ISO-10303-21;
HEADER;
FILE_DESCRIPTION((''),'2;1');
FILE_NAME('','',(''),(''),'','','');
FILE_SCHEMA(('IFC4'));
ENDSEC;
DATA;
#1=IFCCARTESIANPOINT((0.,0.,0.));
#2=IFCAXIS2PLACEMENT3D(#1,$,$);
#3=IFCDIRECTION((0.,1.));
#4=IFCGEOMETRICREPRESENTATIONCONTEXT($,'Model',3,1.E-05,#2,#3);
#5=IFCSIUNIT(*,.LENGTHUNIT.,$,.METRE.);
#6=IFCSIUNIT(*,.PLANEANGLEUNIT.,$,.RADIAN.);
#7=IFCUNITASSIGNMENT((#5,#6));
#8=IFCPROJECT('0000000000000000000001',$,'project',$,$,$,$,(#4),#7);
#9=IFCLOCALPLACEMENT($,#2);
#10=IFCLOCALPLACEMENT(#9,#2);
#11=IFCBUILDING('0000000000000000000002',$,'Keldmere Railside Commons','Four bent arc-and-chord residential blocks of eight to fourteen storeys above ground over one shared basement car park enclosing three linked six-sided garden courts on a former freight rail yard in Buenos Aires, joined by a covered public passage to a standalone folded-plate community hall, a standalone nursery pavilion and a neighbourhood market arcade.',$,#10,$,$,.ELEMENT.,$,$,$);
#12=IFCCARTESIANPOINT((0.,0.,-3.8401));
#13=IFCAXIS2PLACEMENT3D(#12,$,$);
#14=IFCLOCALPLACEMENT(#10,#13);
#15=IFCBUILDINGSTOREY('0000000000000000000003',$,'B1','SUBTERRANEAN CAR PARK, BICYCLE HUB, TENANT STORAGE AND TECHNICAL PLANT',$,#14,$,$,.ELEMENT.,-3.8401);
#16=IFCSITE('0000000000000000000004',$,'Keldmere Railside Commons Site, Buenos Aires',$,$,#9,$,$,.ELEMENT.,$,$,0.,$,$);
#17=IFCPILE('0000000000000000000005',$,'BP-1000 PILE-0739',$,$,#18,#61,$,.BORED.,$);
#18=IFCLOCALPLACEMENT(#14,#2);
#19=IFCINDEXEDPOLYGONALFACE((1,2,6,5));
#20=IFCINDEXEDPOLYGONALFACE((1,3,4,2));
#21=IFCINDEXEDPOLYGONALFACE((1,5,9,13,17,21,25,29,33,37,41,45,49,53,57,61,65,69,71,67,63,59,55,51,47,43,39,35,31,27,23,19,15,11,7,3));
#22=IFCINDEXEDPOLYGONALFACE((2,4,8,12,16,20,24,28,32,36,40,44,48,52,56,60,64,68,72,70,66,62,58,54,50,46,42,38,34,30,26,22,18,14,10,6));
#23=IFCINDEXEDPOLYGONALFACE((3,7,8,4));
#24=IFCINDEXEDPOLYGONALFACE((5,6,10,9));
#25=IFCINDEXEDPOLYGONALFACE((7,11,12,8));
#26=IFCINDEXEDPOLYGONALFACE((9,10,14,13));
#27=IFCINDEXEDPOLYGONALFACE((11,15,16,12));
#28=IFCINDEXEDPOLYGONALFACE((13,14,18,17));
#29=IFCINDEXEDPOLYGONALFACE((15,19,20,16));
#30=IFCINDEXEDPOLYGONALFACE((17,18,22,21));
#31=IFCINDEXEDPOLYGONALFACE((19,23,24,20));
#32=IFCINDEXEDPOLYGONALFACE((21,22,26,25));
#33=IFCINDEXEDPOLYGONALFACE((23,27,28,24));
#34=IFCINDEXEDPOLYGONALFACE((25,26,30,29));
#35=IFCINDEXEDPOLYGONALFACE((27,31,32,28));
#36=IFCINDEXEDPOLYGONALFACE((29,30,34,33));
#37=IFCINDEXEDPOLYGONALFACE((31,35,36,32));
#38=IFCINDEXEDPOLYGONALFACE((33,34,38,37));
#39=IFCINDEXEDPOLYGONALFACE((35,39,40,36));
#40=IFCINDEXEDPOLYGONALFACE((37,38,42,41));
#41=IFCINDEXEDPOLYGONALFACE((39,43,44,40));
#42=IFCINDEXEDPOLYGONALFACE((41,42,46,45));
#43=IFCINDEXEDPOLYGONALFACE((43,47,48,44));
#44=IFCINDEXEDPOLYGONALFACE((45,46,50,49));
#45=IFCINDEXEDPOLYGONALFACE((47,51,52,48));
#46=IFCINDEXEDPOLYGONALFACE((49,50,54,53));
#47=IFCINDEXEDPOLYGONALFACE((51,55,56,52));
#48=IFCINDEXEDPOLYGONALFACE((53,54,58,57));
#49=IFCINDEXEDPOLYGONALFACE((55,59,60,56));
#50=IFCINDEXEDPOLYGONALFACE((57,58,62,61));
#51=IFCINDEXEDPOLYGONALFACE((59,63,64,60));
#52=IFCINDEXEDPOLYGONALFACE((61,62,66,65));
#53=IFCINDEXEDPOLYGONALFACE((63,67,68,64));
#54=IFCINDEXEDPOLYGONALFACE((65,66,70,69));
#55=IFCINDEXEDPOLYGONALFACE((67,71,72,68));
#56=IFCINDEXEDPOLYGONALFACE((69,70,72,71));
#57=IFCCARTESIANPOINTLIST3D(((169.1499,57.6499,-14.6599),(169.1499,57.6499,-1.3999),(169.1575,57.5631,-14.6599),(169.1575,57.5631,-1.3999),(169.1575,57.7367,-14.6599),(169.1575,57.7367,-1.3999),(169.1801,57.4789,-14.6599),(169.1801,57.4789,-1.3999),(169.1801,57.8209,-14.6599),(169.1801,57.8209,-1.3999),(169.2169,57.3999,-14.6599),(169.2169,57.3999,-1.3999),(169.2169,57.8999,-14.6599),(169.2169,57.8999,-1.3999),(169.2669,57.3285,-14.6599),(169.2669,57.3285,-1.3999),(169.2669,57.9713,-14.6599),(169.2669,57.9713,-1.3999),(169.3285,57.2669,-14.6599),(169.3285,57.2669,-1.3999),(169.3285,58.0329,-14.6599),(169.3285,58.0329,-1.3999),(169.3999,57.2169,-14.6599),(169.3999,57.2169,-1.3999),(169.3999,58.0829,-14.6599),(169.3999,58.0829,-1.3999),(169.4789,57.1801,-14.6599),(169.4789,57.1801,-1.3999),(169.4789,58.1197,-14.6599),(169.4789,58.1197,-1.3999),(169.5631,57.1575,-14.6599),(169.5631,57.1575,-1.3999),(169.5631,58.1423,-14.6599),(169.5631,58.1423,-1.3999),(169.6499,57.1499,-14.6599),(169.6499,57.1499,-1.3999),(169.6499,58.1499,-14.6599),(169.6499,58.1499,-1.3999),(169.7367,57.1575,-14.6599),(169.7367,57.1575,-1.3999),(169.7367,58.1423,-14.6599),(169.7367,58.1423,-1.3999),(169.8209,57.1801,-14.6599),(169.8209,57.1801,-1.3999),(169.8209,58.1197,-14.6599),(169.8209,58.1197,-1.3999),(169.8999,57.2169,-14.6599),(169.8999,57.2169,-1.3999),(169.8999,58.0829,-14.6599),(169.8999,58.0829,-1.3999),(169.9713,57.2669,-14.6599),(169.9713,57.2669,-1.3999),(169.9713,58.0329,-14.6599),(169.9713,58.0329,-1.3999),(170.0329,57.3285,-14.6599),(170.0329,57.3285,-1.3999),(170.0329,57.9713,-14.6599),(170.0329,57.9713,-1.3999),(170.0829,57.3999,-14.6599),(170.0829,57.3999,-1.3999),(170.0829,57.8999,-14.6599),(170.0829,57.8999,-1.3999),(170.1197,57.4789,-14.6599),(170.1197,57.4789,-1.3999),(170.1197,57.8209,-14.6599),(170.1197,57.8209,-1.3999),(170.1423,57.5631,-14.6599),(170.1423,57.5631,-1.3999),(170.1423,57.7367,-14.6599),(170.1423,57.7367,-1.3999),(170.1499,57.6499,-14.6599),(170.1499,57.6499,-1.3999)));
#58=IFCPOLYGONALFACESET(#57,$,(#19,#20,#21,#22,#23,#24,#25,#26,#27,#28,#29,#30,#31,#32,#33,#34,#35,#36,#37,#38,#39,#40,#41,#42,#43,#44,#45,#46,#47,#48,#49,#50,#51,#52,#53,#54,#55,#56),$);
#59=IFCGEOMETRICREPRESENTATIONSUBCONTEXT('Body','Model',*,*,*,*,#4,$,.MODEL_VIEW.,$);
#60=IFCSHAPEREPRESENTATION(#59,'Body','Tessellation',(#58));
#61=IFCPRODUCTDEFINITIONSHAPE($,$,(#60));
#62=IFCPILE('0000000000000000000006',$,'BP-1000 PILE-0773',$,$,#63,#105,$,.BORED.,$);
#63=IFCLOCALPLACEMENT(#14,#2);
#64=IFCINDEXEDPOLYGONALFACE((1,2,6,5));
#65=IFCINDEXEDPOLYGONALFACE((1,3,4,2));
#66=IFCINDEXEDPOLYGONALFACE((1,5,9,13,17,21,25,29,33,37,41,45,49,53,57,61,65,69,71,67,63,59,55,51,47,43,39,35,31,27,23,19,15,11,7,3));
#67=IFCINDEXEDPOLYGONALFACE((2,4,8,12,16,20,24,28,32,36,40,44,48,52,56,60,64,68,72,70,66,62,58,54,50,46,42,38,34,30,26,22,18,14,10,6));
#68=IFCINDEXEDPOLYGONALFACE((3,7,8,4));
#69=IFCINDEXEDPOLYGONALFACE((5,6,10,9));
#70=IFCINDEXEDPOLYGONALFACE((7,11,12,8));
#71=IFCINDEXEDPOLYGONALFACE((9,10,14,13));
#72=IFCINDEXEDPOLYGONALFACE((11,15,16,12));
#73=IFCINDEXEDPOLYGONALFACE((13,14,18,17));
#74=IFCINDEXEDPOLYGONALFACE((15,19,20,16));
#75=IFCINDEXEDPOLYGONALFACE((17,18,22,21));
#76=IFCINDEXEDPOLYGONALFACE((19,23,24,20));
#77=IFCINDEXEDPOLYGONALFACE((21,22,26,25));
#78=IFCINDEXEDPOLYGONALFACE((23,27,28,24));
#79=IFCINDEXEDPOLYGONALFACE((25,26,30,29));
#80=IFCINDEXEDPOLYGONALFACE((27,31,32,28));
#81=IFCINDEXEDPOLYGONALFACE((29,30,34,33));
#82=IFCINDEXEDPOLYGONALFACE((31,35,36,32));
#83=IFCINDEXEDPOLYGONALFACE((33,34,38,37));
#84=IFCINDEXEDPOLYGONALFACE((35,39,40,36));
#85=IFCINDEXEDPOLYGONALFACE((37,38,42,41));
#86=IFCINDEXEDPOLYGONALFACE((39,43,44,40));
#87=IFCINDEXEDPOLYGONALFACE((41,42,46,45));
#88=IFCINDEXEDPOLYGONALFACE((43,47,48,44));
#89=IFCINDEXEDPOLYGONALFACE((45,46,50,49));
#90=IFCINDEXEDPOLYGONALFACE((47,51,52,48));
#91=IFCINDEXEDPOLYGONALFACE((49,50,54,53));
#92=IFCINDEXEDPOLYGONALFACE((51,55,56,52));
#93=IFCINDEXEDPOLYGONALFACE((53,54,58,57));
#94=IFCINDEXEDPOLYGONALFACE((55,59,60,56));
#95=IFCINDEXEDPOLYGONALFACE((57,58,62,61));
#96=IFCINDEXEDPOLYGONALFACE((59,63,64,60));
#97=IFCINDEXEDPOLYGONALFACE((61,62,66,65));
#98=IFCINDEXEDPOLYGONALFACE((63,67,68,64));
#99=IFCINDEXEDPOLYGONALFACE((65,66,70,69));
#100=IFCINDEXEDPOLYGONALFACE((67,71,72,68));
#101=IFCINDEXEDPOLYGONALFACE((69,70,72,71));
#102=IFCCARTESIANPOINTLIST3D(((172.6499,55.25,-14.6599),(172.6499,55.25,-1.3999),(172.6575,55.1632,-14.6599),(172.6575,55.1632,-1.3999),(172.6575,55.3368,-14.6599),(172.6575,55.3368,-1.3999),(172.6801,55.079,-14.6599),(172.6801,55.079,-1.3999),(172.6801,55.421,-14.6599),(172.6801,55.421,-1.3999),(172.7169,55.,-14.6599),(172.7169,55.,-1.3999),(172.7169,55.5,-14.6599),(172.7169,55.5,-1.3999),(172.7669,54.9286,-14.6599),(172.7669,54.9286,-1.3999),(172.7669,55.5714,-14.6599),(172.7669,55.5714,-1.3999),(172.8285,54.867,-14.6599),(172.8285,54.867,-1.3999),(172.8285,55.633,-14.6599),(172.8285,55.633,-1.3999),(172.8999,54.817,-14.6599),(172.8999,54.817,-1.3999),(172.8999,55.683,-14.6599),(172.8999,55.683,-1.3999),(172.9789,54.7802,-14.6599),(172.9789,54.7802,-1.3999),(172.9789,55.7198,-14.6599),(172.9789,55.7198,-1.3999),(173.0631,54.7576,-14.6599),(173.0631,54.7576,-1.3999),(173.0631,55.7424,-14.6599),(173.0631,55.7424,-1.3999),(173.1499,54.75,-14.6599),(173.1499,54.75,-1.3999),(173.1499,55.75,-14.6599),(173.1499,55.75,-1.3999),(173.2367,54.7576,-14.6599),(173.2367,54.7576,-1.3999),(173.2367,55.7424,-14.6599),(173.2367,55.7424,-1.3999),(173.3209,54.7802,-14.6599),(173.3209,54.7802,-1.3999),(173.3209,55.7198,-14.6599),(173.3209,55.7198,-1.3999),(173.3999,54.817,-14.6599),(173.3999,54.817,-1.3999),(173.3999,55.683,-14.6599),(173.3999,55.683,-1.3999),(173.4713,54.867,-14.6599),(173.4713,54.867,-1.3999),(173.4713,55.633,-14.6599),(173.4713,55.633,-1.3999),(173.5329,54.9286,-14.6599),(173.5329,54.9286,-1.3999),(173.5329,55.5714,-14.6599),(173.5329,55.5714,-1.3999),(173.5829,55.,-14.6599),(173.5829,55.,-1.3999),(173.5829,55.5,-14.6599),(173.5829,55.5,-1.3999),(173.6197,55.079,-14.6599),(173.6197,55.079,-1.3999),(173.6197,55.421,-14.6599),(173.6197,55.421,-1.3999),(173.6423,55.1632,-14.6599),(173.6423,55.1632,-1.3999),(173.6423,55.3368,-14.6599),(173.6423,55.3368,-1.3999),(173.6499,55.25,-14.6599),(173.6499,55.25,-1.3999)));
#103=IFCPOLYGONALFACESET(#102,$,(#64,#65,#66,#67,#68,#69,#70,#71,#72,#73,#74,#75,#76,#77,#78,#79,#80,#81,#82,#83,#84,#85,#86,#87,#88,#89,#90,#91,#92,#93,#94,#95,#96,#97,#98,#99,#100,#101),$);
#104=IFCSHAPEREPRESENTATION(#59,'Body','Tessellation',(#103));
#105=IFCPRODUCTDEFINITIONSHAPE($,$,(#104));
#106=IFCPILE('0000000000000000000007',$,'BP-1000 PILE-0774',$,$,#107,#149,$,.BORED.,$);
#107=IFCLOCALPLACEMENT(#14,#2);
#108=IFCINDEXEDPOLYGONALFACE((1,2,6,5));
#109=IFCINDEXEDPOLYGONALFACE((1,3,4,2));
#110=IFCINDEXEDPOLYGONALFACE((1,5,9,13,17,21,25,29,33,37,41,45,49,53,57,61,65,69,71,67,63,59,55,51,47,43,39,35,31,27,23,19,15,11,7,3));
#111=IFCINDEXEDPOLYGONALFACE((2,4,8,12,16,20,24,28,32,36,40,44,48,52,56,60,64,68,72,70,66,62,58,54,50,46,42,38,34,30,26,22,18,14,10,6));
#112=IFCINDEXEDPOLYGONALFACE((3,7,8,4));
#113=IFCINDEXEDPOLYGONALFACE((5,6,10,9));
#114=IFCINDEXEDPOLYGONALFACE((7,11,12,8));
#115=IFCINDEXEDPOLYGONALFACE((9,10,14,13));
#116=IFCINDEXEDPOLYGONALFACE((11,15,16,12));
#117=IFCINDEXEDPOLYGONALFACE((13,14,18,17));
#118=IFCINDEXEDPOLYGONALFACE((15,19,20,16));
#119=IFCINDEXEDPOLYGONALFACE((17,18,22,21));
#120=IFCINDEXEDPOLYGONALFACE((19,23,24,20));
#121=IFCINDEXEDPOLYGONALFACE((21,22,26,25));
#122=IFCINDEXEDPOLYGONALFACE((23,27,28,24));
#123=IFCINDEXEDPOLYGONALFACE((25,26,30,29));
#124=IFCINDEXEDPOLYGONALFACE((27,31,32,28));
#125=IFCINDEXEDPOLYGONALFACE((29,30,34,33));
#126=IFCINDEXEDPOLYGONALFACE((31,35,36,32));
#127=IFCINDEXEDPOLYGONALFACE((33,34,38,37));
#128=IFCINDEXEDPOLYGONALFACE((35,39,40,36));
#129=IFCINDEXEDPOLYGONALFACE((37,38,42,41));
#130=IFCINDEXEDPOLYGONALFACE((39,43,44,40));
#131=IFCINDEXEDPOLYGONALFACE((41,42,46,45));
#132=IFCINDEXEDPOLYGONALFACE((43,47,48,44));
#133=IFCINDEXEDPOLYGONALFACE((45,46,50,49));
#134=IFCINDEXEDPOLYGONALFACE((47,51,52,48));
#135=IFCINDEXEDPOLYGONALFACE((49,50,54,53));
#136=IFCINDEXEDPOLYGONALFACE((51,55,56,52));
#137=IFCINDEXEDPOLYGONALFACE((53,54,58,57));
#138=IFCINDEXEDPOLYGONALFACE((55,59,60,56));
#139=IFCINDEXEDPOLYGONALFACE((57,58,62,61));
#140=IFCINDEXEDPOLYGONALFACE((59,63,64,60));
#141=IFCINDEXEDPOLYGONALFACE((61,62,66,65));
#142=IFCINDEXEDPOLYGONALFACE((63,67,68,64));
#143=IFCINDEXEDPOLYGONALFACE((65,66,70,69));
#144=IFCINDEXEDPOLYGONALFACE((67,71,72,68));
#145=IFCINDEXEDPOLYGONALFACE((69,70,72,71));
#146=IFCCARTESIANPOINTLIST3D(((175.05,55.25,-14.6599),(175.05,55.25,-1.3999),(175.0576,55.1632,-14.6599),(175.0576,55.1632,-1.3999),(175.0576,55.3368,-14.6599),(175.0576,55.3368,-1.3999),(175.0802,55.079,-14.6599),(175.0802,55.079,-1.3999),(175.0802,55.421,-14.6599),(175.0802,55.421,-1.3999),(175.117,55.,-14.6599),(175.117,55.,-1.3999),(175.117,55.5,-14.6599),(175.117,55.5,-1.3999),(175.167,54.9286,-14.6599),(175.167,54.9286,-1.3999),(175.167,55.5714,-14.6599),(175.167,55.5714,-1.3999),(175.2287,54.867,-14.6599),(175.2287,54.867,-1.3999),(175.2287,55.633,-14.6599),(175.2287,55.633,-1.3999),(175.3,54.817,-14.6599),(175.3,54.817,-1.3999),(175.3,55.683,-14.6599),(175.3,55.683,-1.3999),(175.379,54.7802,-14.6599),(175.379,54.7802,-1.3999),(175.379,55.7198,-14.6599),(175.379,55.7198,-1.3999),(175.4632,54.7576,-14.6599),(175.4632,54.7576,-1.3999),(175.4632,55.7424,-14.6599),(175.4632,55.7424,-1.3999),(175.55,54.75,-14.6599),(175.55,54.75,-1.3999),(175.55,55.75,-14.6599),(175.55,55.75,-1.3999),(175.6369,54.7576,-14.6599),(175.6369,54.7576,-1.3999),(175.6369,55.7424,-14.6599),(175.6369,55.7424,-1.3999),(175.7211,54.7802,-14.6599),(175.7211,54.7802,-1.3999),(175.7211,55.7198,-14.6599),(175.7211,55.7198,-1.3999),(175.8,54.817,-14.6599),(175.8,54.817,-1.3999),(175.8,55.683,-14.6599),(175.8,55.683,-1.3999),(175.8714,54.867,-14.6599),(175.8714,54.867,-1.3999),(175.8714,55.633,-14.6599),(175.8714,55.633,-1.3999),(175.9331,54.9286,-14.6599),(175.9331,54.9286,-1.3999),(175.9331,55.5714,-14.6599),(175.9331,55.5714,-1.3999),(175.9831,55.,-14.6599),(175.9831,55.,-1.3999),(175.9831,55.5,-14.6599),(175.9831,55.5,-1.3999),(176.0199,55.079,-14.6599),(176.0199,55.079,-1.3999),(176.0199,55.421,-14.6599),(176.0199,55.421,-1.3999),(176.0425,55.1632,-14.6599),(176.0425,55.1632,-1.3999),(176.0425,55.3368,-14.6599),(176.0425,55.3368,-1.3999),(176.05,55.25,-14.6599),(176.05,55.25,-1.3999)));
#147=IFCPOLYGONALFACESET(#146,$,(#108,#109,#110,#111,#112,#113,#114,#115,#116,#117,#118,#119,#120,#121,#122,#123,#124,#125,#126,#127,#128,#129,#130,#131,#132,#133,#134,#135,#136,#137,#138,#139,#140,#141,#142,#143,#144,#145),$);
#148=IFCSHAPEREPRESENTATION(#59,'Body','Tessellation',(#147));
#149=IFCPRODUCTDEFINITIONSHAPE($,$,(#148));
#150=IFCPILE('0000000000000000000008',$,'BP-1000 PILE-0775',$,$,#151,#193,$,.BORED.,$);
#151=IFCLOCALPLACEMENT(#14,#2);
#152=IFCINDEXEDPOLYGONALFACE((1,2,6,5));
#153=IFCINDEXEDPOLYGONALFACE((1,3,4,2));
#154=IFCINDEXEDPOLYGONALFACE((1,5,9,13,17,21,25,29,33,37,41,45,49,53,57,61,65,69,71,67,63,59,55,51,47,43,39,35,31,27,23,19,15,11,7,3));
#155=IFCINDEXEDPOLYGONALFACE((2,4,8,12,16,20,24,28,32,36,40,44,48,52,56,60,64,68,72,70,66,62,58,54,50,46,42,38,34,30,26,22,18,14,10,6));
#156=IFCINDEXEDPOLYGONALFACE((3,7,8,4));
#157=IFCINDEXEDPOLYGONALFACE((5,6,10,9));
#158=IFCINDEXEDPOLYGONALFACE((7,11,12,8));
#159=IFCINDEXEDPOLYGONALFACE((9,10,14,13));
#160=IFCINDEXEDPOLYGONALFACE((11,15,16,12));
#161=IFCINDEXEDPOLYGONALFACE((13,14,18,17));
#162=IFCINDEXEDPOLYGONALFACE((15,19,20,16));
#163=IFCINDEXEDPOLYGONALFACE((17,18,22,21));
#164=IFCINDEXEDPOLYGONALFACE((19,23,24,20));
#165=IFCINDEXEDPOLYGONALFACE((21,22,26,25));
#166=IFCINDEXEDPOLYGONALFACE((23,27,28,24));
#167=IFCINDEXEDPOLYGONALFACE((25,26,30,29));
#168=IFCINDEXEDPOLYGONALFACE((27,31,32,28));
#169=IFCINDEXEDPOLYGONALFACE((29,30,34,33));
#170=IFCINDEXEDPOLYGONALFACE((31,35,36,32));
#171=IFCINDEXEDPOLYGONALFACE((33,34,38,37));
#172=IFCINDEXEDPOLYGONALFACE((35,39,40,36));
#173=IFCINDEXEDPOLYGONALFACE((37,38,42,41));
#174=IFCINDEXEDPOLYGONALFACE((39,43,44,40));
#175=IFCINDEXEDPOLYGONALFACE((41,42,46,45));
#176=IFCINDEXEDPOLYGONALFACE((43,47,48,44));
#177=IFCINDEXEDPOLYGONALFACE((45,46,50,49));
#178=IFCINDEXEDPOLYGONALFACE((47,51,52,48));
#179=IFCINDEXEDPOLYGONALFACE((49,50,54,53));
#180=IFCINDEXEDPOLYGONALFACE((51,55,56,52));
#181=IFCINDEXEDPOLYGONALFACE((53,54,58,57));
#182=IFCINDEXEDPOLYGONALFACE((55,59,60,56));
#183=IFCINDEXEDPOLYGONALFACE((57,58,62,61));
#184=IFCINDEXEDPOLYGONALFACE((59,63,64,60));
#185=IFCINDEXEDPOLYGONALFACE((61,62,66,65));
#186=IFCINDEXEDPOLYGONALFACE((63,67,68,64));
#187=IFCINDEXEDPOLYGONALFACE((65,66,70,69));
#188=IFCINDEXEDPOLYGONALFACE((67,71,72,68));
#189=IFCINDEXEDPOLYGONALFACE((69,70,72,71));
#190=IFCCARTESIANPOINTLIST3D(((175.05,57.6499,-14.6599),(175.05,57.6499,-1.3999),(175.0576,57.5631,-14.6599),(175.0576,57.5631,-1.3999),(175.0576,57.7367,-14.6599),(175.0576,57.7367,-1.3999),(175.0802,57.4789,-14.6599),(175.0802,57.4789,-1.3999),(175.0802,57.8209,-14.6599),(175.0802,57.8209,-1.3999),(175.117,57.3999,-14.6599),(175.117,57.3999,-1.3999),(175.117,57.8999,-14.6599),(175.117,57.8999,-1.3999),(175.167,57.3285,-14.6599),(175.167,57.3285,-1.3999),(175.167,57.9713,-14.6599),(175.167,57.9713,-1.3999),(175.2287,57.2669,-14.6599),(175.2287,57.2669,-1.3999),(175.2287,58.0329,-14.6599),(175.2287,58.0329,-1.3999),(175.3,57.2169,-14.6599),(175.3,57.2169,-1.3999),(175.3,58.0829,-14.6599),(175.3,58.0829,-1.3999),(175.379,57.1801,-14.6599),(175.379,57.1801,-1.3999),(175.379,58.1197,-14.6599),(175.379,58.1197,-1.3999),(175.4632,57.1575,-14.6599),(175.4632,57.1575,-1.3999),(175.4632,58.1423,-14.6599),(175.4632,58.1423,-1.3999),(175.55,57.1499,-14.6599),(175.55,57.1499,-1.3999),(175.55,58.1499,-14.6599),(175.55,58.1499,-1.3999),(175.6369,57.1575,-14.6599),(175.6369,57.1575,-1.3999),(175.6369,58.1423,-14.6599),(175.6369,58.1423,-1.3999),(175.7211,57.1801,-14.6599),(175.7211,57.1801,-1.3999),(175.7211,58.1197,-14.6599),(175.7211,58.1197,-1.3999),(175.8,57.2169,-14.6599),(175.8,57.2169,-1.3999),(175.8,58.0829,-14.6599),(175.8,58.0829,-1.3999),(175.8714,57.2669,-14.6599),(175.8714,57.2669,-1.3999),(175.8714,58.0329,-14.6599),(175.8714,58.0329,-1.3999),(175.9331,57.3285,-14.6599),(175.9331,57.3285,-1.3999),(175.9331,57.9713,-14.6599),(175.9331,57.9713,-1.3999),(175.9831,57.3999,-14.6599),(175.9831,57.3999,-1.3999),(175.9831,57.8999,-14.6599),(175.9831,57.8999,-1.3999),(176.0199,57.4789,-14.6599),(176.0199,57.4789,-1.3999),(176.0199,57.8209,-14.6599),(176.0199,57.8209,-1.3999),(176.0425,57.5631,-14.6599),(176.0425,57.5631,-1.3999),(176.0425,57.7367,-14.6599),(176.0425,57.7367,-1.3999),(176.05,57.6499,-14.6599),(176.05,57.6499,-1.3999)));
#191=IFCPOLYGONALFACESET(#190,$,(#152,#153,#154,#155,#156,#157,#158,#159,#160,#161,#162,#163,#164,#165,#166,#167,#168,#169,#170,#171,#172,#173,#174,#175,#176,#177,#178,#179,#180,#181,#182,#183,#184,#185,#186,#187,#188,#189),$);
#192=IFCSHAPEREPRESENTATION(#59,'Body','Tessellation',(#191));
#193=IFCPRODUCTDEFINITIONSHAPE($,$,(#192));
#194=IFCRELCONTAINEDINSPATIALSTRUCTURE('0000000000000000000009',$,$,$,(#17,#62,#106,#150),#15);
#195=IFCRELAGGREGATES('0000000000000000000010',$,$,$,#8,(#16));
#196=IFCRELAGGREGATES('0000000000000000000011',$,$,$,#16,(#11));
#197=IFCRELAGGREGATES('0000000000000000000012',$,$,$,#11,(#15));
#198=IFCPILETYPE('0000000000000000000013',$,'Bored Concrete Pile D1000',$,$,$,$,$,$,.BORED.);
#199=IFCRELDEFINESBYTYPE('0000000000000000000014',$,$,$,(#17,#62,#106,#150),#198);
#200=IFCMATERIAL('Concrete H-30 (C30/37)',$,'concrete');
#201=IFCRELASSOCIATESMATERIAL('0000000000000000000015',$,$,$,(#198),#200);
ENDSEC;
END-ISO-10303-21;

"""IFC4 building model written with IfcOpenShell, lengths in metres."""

from ifc_helpers import new_model, si_unit, direction, frame, origin, origin_2d, place, context, subcontext, project, spatial, circle, extrude, material, material_profile, profile_set, type_object, element, save


model = new_model("IFC4")

# Units and contexts
model_context = context("Model", 3, precision=1e-05, world=origin(), true_north=direction((0.0, 1.0)))
body_context = subcontext(model_context, "Body", "Model", "MODEL_VIEW")
ifc_project = project(units=[si_unit("LENGTHUNIT", "METRE"), si_unit("PLANEANGLEUNIT", "RADIAN")], contexts=[model_context])

# Site, building, storey
site_placement = place(None, origin())
site = spatial("IfcSite", under=ifc_project, at=site_placement, Name="Keldmere Railside Commons Site, Buenos Aires", CompositionType="ELEMENT", RefElevation=0.0)
building_placement = place(site_placement, origin())
building = spatial("IfcBuilding", under=site, at=building_placement, Name="Keldmere Railside Commons", Description="Four bent arc-and-chord residential blocks of eight to fourteen storeys above ground over one shared basement car park enclosing three linked six-sided garden courts on a former freight rail yard in Buenos Aires, joined by a covered public passage to a standalone folded-plate community hall, a standalone nursery pavilion and a neighbourhood market arcade.", CompositionType="ELEMENT")
storey_placement = place(building_placement, frame((0.0, 0.0, -3.8401)))
storey = spatial("IfcBuildingStorey", under=building, at=storey_placement, Name="B1", Description="SUBTERRANEAN CAR PARK, BICYCLE HUB, TENANT STORAGE AND TECHNICAL PLANT", CompositionType="ELEMENT", Elevation=-3.8401)

# Piles
ifc_material_1 = material(Name="Concrete H-30 (C30/37)", Category="concrete")
ifc_material_profile_1 = material_profile(ifc_material_1, circle(Radius=0.5, at=origin_2d()), Name="PILE-D1000")
ifc_profile_set_1 = profile_set([ifc_material_profile_1], Name="Concrete H-30 (C30/37)")
pile_type = type_object("IfcPileType", Name="Bored Concrete Pile D1000", PredefinedType="BORED", material=ifc_profile_set_1)
for number, where, z_axis, x_axis, name in (
    (1, (169.6499, 57.6499, -1.3999), (0.0, 0.0, -1.0), (1.0, 0.0, 0.0), "BP-1000 PILE-0739"),
    (2, (173.1499, 55.25, -1.3999), (0.0, 0.0, -1.0), (1.0, 0.0, 0.0), "BP-1000 PILE-0773"),
    (3, (175.55, 55.25, -1.3999), (0.0, 0.0, -1.0), (1.0, 0.0, 0.0), "BP-1000 PILE-0774"),
    (4, (175.55, 57.6499, -1.3999), (0.0, 0.0, -1.0), (1.0, 0.0, 0.0), "BP-1000 PILE-0775"),
):
    element("IfcPile", number, at=place(storey_placement, frame(where, z_axis=z_axis, x_axis=x_axis)), inside=storey, type_object=pile_type, Name=name, PredefinedType="BORED", context=body_context, shape_type="SweptSolid", body=[
        extrude(circle(Radius=0.5, at=origin_2d()), origin(), (0.0, 0.0, 1.0), 13.26),
    ])

save(model, "model.ifc")
